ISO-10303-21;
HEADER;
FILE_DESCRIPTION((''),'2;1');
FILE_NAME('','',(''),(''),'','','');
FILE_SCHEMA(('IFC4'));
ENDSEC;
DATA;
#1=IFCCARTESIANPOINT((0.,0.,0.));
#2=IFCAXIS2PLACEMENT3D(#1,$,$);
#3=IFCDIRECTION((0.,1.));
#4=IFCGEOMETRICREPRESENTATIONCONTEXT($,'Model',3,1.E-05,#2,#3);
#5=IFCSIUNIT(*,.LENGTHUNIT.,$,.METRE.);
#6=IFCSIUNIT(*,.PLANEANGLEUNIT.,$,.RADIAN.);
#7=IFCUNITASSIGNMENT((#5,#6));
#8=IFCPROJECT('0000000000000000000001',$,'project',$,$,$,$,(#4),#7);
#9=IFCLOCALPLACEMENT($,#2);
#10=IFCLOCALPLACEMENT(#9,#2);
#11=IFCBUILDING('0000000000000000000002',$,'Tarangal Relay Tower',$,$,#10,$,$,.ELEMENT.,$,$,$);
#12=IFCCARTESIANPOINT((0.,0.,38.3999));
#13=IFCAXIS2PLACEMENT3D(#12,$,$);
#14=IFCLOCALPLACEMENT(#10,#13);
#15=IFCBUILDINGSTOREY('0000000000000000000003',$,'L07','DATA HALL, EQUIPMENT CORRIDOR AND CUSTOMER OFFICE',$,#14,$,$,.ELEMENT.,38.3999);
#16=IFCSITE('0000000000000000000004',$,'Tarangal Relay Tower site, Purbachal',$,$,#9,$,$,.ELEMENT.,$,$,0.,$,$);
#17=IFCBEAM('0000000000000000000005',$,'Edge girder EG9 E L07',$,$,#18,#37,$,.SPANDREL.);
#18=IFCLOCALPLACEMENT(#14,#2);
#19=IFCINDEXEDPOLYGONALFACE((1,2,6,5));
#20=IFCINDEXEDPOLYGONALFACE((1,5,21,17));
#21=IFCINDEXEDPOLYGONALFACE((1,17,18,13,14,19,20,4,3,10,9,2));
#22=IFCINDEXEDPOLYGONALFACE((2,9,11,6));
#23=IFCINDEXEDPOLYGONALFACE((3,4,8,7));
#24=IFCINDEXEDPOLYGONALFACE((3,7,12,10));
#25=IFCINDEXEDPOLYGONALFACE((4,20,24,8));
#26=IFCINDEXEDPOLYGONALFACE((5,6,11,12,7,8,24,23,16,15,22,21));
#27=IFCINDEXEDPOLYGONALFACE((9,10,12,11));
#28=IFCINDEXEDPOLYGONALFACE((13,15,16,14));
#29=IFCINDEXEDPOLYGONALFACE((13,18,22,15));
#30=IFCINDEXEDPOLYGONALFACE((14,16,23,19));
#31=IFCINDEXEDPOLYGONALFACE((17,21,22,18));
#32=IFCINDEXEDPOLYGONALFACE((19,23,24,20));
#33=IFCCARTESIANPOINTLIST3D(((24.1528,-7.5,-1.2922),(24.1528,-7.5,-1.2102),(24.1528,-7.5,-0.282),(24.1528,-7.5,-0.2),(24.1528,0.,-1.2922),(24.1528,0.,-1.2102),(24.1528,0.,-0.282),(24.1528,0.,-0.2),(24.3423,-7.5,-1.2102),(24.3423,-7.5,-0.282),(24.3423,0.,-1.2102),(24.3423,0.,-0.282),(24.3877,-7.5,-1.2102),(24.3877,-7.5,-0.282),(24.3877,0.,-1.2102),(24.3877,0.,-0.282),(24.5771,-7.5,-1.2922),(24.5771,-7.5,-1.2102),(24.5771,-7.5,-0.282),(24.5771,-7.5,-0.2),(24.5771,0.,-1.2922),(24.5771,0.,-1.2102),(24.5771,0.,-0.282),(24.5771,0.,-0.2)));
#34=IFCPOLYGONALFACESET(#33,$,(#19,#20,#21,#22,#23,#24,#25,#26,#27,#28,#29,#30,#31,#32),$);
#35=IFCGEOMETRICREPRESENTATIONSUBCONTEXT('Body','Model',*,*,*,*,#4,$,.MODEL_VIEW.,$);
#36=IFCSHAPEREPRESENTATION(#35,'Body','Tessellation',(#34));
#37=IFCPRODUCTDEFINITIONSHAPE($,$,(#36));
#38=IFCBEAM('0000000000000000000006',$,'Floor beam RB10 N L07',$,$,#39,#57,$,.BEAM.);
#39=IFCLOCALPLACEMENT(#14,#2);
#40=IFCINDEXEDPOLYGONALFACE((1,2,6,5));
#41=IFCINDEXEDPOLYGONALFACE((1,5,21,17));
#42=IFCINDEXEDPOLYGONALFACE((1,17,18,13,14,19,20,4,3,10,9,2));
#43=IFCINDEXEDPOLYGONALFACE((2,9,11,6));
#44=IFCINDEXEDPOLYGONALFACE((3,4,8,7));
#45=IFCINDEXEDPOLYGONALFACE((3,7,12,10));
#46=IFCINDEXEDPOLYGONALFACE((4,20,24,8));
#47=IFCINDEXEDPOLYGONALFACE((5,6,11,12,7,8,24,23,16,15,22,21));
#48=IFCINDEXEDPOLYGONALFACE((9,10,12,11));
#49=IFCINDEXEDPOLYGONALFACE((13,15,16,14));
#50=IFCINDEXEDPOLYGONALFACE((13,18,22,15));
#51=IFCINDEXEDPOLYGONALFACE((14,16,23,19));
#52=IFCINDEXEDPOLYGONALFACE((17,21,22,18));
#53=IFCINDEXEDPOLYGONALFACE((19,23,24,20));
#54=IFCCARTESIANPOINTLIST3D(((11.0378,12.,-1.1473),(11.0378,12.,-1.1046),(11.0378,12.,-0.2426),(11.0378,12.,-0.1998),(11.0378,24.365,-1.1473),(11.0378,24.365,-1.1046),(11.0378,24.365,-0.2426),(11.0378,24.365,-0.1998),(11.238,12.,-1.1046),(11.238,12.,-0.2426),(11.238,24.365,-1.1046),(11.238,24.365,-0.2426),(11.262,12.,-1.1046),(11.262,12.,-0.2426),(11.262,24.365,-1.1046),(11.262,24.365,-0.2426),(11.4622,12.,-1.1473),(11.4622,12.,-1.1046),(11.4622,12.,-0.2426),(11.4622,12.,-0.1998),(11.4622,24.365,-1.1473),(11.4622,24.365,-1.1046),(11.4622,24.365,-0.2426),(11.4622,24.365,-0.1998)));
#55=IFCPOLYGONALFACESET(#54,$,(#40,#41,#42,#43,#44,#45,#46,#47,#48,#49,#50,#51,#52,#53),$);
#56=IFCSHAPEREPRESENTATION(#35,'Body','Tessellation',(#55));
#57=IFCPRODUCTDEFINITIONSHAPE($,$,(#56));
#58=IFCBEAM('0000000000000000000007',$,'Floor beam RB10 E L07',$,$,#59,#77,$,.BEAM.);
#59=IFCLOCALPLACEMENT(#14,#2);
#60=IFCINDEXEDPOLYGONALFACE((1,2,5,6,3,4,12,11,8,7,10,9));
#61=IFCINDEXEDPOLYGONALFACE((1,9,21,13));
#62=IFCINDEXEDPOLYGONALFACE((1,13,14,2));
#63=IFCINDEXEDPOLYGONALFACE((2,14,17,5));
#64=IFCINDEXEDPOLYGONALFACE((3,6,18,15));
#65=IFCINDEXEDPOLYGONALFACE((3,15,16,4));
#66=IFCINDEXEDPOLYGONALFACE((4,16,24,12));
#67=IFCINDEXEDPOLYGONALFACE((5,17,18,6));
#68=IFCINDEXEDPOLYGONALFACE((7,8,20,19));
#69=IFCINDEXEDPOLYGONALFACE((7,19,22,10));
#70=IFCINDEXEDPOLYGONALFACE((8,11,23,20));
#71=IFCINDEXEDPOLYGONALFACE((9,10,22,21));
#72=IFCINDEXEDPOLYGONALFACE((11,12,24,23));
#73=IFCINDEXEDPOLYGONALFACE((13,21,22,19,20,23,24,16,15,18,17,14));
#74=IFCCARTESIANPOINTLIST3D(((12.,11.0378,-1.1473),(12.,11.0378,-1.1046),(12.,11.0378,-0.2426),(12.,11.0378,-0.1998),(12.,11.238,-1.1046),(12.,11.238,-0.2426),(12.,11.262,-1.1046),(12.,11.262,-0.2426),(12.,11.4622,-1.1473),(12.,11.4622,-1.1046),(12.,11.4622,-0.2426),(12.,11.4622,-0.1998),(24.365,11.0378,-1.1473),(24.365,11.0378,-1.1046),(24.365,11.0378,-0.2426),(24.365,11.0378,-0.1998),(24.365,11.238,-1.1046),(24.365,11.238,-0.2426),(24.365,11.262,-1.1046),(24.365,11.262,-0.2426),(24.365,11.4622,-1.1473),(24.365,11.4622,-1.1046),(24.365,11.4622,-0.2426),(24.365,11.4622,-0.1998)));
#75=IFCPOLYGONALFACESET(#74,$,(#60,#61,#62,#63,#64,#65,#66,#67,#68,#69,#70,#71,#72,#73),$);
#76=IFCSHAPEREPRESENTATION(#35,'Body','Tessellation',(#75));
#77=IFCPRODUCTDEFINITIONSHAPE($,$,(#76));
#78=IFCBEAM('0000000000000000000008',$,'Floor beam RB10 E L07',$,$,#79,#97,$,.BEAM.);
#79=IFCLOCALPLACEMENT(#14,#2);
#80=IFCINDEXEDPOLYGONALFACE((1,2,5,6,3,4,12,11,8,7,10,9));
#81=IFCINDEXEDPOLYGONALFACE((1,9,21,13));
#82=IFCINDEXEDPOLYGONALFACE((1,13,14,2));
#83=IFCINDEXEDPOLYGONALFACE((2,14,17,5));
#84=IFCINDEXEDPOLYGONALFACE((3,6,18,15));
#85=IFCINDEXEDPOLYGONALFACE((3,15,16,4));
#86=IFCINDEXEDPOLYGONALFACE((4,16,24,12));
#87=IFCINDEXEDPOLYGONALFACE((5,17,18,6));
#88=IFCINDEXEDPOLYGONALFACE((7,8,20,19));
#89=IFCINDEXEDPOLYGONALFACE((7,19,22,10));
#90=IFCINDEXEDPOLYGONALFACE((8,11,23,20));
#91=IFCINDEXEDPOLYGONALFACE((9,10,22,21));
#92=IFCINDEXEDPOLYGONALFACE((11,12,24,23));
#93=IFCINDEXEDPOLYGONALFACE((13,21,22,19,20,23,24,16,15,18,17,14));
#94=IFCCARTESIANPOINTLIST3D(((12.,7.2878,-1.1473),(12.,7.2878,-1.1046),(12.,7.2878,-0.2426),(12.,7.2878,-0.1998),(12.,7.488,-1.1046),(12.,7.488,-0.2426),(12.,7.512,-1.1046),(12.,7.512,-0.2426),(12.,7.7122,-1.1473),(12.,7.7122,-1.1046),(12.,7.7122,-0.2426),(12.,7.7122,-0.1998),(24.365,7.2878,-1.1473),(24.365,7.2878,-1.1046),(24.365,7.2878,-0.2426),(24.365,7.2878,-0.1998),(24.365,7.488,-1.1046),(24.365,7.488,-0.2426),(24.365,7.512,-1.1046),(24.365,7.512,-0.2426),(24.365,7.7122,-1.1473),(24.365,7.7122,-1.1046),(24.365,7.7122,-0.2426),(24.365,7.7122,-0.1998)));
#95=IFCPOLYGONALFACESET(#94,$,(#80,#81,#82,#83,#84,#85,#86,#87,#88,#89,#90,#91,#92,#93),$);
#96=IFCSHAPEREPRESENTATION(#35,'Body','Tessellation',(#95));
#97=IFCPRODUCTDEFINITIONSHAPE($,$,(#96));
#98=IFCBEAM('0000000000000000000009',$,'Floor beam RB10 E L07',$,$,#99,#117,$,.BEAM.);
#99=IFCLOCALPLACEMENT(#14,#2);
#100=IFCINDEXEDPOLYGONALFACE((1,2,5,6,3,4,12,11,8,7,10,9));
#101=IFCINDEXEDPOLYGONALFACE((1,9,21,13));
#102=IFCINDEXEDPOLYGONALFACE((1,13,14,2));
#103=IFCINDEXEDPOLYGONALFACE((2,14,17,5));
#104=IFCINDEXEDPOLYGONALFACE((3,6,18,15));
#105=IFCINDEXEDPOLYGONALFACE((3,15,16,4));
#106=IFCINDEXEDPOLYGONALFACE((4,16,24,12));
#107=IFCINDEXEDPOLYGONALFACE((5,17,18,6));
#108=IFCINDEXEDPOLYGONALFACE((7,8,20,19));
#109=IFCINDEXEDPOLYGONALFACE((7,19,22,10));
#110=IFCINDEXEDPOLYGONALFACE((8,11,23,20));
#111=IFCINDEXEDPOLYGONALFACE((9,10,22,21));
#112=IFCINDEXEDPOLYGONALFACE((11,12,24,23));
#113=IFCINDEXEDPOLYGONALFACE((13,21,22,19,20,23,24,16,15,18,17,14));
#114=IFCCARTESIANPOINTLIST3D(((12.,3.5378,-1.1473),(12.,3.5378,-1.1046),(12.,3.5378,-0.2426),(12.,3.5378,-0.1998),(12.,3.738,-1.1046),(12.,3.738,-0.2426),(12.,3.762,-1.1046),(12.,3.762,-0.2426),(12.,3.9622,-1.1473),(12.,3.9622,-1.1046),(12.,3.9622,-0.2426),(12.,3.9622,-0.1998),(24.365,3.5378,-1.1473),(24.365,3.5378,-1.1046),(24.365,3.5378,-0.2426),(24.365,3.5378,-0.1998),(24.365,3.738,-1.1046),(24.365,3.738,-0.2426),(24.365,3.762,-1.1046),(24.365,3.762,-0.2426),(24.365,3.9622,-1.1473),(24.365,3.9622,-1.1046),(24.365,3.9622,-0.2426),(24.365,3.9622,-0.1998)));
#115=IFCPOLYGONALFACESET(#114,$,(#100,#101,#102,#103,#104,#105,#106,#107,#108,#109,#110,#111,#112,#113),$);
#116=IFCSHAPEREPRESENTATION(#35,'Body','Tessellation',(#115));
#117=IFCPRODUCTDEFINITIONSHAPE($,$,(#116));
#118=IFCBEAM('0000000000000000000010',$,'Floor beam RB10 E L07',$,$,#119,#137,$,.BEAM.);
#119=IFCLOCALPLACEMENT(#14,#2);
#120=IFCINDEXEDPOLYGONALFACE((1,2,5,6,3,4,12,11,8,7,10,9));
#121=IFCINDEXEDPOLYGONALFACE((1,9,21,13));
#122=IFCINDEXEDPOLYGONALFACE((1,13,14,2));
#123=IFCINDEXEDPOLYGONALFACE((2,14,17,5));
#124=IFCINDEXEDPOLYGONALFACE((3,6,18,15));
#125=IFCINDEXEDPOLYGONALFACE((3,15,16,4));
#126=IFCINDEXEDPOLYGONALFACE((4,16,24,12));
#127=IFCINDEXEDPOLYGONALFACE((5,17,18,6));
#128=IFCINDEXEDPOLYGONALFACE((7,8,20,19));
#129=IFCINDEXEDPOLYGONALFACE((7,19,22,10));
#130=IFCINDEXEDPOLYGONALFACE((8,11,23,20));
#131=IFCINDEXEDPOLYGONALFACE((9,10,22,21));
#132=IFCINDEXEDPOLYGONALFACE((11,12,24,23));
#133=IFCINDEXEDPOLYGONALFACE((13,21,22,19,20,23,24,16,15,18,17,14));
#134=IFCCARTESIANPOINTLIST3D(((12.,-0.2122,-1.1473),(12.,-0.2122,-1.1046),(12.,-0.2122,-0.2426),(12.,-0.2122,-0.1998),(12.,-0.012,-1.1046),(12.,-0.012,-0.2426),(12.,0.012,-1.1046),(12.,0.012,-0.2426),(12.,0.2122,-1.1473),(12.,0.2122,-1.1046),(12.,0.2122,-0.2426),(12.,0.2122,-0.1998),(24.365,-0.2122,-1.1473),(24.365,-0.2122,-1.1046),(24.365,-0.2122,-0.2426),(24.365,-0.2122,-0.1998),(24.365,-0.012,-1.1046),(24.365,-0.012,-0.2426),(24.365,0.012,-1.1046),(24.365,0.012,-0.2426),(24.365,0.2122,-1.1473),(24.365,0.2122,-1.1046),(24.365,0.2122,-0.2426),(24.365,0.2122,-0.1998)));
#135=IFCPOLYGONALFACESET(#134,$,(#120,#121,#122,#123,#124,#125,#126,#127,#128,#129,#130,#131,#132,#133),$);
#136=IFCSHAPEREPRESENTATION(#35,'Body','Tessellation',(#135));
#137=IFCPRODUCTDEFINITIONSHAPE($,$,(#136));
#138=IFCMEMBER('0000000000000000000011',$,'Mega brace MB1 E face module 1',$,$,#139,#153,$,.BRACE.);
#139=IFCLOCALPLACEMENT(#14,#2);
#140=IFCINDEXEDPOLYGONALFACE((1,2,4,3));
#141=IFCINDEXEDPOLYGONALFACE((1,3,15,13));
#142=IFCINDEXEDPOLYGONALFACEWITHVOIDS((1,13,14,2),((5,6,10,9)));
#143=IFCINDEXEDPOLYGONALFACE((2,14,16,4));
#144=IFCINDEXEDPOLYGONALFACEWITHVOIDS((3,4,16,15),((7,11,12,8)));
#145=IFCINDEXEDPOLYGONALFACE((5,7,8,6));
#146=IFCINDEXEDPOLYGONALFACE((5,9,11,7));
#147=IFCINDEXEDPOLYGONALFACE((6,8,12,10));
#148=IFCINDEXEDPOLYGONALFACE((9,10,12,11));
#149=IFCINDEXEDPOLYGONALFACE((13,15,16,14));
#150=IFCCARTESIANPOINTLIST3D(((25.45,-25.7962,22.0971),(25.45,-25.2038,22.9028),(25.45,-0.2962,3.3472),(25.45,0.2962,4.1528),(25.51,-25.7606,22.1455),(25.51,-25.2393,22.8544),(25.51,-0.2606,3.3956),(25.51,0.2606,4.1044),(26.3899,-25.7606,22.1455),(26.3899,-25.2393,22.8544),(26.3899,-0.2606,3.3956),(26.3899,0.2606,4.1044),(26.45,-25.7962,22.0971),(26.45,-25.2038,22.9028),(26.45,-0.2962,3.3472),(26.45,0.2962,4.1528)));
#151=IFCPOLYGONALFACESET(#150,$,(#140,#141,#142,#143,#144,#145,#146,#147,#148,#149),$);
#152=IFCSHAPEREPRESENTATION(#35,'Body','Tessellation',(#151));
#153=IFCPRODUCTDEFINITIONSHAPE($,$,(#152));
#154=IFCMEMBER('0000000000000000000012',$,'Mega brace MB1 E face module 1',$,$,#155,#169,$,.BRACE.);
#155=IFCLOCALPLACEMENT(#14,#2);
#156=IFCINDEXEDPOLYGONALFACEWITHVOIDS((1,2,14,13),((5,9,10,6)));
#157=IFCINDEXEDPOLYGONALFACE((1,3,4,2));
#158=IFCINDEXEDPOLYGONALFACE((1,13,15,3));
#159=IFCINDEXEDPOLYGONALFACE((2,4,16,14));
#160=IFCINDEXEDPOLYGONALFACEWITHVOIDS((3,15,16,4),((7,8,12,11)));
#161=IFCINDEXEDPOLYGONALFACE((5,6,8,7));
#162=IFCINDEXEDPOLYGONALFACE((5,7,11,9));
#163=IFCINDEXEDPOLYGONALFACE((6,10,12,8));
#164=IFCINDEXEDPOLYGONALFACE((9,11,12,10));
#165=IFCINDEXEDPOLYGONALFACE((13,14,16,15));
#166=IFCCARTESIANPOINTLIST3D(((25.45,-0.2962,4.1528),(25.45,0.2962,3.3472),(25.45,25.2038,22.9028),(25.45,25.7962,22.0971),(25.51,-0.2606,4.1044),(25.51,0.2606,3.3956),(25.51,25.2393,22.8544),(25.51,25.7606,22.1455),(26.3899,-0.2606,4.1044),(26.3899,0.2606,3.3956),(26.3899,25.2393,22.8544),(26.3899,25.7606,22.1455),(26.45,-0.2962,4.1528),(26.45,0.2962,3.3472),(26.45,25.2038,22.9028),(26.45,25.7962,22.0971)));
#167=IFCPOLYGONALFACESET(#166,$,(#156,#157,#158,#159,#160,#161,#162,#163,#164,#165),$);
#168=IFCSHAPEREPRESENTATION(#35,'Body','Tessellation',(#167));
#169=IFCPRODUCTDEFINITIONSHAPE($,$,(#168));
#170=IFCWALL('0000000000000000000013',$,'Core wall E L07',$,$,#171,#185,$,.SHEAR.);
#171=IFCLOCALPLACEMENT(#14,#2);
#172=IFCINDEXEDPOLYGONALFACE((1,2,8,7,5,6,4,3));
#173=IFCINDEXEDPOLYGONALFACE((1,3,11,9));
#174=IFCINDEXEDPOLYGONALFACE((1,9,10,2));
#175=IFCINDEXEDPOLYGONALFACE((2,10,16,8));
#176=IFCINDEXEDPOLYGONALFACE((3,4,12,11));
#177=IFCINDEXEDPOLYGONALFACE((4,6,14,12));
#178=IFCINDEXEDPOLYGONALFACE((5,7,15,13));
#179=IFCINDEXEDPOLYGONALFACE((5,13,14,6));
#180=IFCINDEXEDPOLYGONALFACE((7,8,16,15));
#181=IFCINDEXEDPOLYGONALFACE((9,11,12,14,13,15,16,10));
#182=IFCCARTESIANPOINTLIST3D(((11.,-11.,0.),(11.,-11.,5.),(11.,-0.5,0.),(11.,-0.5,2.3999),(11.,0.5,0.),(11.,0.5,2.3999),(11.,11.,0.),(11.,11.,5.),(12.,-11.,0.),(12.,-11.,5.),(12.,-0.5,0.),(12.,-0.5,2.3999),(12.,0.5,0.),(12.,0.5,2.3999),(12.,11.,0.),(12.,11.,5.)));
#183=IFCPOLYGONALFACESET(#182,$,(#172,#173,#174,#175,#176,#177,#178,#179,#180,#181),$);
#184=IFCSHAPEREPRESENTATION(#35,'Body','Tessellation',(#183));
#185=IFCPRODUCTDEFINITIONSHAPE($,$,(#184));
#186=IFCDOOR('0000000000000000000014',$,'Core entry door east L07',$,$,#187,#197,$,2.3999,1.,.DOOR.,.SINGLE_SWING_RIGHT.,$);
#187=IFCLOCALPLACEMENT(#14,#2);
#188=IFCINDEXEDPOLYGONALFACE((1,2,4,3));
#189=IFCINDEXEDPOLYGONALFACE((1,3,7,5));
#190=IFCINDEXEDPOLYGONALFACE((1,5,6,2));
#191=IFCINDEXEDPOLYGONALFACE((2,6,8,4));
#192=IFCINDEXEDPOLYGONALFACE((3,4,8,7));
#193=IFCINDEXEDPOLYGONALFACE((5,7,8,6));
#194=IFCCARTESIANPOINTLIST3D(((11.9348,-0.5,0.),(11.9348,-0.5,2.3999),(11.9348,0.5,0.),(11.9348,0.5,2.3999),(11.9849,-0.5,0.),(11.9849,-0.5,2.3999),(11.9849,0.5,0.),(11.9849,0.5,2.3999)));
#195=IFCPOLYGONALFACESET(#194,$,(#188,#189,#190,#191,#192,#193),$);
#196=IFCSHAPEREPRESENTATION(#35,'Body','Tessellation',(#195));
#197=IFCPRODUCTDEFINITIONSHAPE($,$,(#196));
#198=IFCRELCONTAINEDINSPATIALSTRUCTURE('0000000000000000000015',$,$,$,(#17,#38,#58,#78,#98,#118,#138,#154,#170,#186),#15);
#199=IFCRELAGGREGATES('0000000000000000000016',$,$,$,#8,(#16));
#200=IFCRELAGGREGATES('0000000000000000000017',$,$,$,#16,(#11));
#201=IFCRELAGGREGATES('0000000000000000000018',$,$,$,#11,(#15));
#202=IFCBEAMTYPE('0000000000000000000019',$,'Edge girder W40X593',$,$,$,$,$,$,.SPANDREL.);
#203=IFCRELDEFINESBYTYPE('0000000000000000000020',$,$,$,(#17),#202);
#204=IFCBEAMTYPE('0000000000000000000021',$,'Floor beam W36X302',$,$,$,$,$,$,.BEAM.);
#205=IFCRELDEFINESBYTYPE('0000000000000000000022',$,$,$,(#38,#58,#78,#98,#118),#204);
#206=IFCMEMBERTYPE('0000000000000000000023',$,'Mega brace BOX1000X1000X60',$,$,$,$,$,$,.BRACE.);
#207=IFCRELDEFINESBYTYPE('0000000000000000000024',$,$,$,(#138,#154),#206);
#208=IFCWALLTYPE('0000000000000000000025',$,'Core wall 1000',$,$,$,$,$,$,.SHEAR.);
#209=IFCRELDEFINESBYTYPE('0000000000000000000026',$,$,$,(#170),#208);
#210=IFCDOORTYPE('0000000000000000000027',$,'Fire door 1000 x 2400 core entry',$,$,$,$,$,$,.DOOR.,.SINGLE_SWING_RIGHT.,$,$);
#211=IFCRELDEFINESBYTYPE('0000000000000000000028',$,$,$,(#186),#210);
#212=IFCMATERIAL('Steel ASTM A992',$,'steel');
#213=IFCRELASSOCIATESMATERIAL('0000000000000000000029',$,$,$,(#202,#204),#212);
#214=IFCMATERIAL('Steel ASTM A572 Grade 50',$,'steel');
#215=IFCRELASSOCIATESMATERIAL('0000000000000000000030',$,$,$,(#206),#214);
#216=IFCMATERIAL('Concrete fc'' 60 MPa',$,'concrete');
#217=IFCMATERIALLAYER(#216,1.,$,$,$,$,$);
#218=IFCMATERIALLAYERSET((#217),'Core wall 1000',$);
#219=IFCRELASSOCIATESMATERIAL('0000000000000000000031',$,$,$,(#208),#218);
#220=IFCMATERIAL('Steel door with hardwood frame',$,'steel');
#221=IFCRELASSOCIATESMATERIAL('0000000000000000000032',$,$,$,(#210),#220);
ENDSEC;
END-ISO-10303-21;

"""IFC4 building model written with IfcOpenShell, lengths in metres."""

from ifc_helpers import new_model, si_unit, direction, frame, frame_2d, origin, origin_2d, place, context, subcontext, project, spatial, rectangle, hollow_rectangle, i_section, extrude, material, layer, layer_set, material_profile, profile_set, type_object, element, fill, save


model = new_model("IFC4")

# Units and contexts
model_context = context("Model", 3, precision=1e-05, world=origin(), true_north=direction((0.0, 1.0)))
body_context = subcontext(model_context, "Body", "Model", "MODEL_VIEW")
ifc_project = project(units=[si_unit("LENGTHUNIT", "METRE"), si_unit("PLANEANGLEUNIT", "RADIAN")], contexts=[model_context])

# Site, building, storey
site_placement = place(None, origin())
site = spatial("IfcSite", under=ifc_project, at=site_placement, Name="Tarangal Relay Tower site, Purbachal", CompositionType="ELEMENT", RefElevation=0.0)
building_placement = place(site_placement, origin())
building = spatial("IfcBuilding", under=site, at=building_placement, Name="Tarangal Relay Tower", CompositionType="ELEMENT")
storey_placement = place(building_placement, frame((0.0, 0.0, 38.3999)))
storey = spatial("IfcBuildingStorey", under=building, at=storey_placement, Name="L07", Description="DATA HALL, EQUIPMENT CORRIDOR AND CUSTOMER OFFICE", CompositionType="ELEMENT", Elevation=38.3999)

# Shared definitions
ifc_material_1 = material(Name="Steel ASTM A572 Grade 50", Category="steel")

# Beams
ifc_material_2 = material(Name="Steel ASTM A992", Category="steel")
ifc_material_profile_1 = material_profile(ifc_material_2, i_section(OverallWidth=0.4243, OverallDepth=1.0923, WebThickness=0.0454, FlangeThickness=0.082, at=origin_2d()), Name="W40X593")
ifc_profile_set_1 = profile_set([ifc_material_profile_1], Name="Steel ASTM A992")
beam_type_1 = type_object("IfcBeamType", Name="Edge girder W40X593", PredefinedType="SPANDREL", material=ifc_profile_set_1)
for number, where, z_axis, x_axis, name in (
    (1, (24.365, 0.0, -0.7461), (0.0, -1.0, 0.0), (1.0, 0.0, 0.0), "Edge girder EG9 E L07"),
):
    element("IfcBeam", number, at=place(storey_placement, frame(where, z_axis=z_axis, x_axis=x_axis)), inside=storey, type_object=beam_type_1, Name=name, PredefinedType="SPANDREL", context=body_context, shape_type="SweptSolid", body=[
        extrude(i_section(OverallWidth=0.4243, OverallDepth=1.0923, WebThickness=0.0454, FlangeThickness=0.082, at=origin_2d()), origin(), (0.0, 0.0, 1.0), 7.5),
    ])
ifc_material_profile_2 = material_profile(ifc_material_2, i_section(OverallWidth=0.4243, OverallDepth=0.9475, WebThickness=0.0239, FlangeThickness=0.0427, at=origin_2d()), Name="W36X302")
ifc_profile_set_2 = profile_set([ifc_material_profile_2], Name="Steel ASTM A992")
beam_type_2 = type_object("IfcBeamType", Name="Floor beam W36X302", PredefinedType="BEAM", material=ifc_profile_set_2)
for number, where, z_axis, x_axis, name in (
    (2, (11.25, 12.0, -0.6736), (0.0, 1.0, 0.0), (-1.0, 0.0, 0.0), "Floor beam RB10 N L07"),
    (3, (12.0, 11.25, -0.6736), (1.0, 0.0, 0.0), (0.0, 1.0, 0.0), "Floor beam RB10 E L07"),
    (4, (12.0, 7.5, -0.6736), (1.0, 0.0, 0.0), (0.0, 1.0, 0.0), "Floor beam RB10 E L07"),
    (5, (12.0, 3.75, -0.6736), (1.0, 0.0, 0.0), (0.0, 1.0, 0.0), "Floor beam RB10 E L07"),
    (6, (12.0, 0.0, -0.6736), (1.0, 0.0, 0.0), (0.0, 1.0, 0.0), "Floor beam RB10 E L07"),
):
    element("IfcBeam", number, at=place(storey_placement, frame(where, z_axis=z_axis, x_axis=x_axis)), inside=storey, type_object=beam_type_2, Name=name, PredefinedType="BEAM", context=body_context, shape_type="SweptSolid", body=[
        extrude(i_section(OverallWidth=0.4243, OverallDepth=0.9475, WebThickness=0.0239, FlangeThickness=0.0427, at=origin_2d()), origin(), (0.0, 0.0, 1.0), 12.365),
    ])

# Members
ifc_material_profile_3 = material_profile(ifc_material_1, hollow_rectangle(XDim=1.0, YDim=1.0, WallThickness=0.0601, at=origin_2d()), Name="BOX1000X1000X60")
ifc_profile_set_3 = profile_set([ifc_material_profile_3], Name="Steel ASTM A572 Grade 50")
member_type = type_object("IfcMemberType", Name="Mega brace BOX1000X1000X60", PredefinedType="BRACE", material=ifc_profile_set_3)
for number, where, z_axis, x_axis, name in (
    (7, (25.95, 0.0, 3.75), (0.0, -0.805651, 0.59239), (1.0, 0.0, 0.0), "Mega brace MB1 E face module 1"),
    (8, (25.95, 0.0, 3.75), (0.0, 0.805651, 0.59239), (-1.0, 0.0, 0.0), "Mega brace MB1 E face module 1"),
):
    element("IfcMember", number, at=place(storey_placement, frame(where, z_axis=z_axis, x_axis=x_axis)), inside=storey, type_object=member_type, Name=name, PredefinedType="BRACE", context=body_context, shape_type="SweptSolid", body=[
        extrude(hollow_rectangle(XDim=1.0, YDim=1.0, WallThickness=0.0601, at=origin_2d()), origin(), (0.0, 0.0, 1.0), 31.6514),
    ])

# Wall, opening, door
ifc_material_3 = material(Name="Concrete fc' 60 MPa", Category="concrete")
ifc_layer_1 = layer(ifc_material_3, 1.0)
ifc_layer_set_1 = layer_set([ifc_layer_1], Name="Core wall 1000")
wall_type_1 = type_object("IfcWallType", Name="Core wall 1000", PredefinedType="SHEAR", material=ifc_layer_set_1)
wall_1_placement = place(storey_placement, frame((11.5, 11.0, 0.0), z_axis=(0.0, 0.0, 1.0), x_axis=(0.0, -1.0, 0.0)))
wall_1 = element("IfcWall", 9, at=wall_1_placement, inside=storey, type_object=wall_type_1, Name="Core wall E L07", PredefinedType="SHEAR", context=body_context, shape_type="SweptSolid", body=[
    extrude(rectangle(XDim=22.0, YDim=1.0, at=frame_2d((11.0, 0.0))), origin(), (0.0, 0.0, 1.0), 5.0),
])
opening_1_placement = place(wall_1_placement, frame((10.5, 0.0, 0.0)))
opening_1 = element("IfcOpeningElement", 10, at=opening_1_placement, cuts=wall_1, PredefinedType="OPENING", context=body_context, shape_type="SweptSolid", body=[
    extrude(rectangle(XDim=1.0, YDim=2.3999, at=frame_2d((0.5, 1.2))), frame((0.0, 0.51, 0.0), z_axis=(0.0, -1.0, 0.0), x_axis=(1.0, 0.0, 0.0)), (0.0, 0.0, 1.0), 1.02),
])
ifc_material_4 = material(Name="Steel door with hardwood frame", Category="steel")
door_type_1 = type_object("IfcDoorType", Name="Fire door 1000 x 2400 core entry", OperationType="SINGLE_SWING_RIGHT", PredefinedType="DOOR", material=ifc_material_4)
door_1_placement = place(opening_1_placement, origin())
door_1 = element("IfcDoor", 11, at=door_1_placement, inside=storey, type_object=door_type_1, Name="Core entry door east L07", OperationType="SINGLE_SWING_RIGHT", OverallHeight=2.3999, OverallWidth=1.0, PredefinedType="DOOR", context=body_context, shape_type="SweptSolid", body=[
    extrude(rectangle(XDim=1.0, YDim=2.3999, at=frame_2d((0.5, 1.2))), frame((0.0, 0.4849, 0.0), z_axis=(0.0, -1.0, 0.0), x_axis=(1.0, 0.0, 0.0)), (0.0, 0.0, 1.0), 0.05),
])
fill(opening_1, door_1)

save(model, "model.ifc")
